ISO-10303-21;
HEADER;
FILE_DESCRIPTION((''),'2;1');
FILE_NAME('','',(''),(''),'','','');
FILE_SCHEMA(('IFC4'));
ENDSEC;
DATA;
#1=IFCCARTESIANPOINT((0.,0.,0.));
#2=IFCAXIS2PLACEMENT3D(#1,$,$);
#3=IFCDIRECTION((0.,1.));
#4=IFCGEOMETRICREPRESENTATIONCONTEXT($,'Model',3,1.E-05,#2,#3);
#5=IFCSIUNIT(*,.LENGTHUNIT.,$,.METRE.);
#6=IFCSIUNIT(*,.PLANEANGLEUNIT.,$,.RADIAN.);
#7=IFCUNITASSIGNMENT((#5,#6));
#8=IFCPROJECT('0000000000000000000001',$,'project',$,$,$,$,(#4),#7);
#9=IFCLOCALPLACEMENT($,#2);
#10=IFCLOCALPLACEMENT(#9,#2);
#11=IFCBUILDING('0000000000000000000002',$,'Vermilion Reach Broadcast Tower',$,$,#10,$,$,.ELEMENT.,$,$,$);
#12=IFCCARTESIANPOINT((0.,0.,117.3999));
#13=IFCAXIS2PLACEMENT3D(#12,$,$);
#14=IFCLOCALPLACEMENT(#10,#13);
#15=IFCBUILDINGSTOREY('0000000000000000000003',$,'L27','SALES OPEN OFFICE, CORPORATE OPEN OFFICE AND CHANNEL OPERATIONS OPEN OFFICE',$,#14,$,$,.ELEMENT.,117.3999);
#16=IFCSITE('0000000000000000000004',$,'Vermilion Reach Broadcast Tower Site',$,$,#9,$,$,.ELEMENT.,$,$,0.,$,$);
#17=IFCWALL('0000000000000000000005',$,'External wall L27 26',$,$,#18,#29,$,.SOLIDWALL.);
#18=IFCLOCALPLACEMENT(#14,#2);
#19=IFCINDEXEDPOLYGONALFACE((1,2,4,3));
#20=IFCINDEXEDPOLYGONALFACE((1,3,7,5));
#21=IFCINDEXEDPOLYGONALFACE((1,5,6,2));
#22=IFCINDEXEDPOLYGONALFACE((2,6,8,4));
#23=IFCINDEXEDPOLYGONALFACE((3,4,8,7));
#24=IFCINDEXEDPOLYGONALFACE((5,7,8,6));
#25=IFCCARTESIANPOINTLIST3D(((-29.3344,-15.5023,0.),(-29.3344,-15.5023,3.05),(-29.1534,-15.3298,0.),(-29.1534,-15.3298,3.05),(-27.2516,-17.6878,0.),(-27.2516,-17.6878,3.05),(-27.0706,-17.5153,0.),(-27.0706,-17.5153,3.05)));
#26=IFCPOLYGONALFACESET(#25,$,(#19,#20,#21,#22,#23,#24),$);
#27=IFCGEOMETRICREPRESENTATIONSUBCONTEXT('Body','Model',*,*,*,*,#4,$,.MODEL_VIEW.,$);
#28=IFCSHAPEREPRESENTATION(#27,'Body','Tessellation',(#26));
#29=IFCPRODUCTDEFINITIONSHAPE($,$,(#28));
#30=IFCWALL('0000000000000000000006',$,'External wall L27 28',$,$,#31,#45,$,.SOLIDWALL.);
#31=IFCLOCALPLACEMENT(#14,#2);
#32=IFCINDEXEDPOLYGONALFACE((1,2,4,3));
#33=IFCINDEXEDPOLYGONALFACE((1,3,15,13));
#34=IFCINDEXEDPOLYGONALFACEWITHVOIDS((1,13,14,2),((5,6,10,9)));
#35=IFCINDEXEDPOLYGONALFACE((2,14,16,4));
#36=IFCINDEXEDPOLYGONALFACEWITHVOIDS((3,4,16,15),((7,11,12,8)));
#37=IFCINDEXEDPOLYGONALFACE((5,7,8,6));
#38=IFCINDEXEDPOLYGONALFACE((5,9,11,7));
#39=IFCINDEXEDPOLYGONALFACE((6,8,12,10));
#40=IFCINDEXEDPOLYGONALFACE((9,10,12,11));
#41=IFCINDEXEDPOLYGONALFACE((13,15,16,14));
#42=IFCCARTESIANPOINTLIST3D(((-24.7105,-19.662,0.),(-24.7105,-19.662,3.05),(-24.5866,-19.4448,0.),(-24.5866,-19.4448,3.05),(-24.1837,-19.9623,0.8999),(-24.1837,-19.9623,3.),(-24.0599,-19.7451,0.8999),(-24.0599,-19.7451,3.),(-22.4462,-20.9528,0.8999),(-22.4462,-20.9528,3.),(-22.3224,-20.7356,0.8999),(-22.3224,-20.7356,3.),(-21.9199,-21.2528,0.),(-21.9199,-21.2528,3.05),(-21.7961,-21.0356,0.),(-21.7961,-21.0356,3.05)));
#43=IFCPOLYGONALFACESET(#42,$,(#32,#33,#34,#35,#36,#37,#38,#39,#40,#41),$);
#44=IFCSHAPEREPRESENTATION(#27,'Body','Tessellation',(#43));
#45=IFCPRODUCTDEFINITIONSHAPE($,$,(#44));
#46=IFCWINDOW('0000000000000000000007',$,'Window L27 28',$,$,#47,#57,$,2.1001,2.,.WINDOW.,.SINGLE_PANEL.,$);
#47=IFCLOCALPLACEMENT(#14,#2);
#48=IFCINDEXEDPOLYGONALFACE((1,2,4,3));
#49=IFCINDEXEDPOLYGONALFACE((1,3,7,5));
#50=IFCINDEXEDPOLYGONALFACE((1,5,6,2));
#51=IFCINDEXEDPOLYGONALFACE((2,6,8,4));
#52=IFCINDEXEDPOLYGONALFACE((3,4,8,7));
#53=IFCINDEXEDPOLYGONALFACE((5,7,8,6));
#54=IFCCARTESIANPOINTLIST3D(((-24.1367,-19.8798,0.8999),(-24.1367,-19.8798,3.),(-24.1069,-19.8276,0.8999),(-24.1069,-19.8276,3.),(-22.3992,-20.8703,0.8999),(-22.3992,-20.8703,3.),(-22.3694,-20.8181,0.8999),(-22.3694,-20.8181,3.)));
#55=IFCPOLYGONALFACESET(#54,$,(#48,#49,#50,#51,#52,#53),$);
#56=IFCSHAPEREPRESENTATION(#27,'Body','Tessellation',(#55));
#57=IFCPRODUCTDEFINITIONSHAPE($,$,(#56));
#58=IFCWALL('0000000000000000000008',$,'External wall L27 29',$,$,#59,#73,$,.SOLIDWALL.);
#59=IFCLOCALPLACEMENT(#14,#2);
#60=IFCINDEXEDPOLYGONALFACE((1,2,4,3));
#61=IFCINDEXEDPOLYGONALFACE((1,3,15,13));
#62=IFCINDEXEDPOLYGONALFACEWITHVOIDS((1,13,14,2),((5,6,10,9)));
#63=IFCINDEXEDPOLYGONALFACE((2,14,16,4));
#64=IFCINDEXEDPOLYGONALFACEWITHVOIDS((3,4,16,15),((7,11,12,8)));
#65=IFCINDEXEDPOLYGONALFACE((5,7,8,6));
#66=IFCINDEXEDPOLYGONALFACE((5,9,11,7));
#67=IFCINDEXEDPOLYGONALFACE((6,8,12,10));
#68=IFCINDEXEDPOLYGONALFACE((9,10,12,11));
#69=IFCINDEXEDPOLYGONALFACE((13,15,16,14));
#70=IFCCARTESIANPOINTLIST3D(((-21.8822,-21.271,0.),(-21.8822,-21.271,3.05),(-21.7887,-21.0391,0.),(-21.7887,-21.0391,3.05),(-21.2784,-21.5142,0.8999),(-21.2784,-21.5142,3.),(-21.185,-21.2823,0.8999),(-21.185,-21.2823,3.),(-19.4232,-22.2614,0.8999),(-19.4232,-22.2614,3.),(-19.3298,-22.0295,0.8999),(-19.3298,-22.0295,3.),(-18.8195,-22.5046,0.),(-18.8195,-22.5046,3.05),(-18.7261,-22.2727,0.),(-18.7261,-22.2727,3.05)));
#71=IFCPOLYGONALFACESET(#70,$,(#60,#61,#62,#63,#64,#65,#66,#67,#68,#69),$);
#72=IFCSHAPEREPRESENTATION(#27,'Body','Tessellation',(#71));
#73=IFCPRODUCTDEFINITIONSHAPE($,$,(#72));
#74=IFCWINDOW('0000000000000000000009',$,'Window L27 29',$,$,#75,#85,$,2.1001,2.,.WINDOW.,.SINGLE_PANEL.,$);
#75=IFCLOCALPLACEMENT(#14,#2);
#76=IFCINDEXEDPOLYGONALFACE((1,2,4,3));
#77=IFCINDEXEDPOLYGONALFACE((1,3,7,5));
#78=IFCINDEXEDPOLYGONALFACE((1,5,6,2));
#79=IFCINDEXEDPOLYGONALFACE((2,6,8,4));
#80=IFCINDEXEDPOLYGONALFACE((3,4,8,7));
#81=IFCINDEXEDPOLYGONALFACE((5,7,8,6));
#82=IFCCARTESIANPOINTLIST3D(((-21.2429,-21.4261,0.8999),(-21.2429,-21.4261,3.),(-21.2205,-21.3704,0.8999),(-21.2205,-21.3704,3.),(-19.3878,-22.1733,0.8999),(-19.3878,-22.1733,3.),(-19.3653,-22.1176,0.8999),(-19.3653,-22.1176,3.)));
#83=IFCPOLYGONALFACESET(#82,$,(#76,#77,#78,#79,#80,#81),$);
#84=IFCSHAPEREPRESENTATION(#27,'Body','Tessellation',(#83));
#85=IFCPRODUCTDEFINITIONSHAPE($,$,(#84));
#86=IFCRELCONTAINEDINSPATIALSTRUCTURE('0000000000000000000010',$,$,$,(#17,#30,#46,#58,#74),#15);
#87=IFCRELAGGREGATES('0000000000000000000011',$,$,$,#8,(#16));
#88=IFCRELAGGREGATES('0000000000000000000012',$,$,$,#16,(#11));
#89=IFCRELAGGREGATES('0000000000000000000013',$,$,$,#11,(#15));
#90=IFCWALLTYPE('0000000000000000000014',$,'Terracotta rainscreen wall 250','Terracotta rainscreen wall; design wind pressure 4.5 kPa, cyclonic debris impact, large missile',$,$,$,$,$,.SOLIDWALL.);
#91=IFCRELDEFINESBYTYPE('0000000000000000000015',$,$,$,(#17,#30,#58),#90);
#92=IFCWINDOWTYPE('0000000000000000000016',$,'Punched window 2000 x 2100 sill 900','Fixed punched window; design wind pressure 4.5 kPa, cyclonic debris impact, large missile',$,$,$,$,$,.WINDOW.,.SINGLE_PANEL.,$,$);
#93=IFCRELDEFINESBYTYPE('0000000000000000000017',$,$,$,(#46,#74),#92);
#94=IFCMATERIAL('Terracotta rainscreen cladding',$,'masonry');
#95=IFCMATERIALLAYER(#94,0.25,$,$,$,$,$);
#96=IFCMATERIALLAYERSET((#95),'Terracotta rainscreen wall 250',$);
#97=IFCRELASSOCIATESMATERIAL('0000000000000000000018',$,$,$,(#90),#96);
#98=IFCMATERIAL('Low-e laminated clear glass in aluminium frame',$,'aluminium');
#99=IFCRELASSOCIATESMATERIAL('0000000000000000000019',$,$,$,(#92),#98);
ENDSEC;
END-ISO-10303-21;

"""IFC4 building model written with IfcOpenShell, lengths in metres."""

from ifc_helpers import new_model, si_unit, direction, frame, frame_2d, origin, place, context, subcontext, project, spatial, rectangle, extrude, material, layer, layer_set, type_object, element, fill, save


model = new_model("IFC4")

# Units and contexts
model_context = context("Model", 3, precision=1e-05, world=origin(), true_north=direction((0.0, 1.0)))
body_context = subcontext(model_context, "Body", "Model", "MODEL_VIEW")
ifc_project = project(units=[si_unit("LENGTHUNIT", "METRE"), si_unit("PLANEANGLEUNIT", "RADIAN")], contexts=[model_context])

# Site, building, storey
site_placement = place(None, origin())
site = spatial("IfcSite", under=ifc_project, at=site_placement, Name="Vermilion Reach Broadcast Tower Site", CompositionType="ELEMENT", RefElevation=0.0)
building_placement = place(site_placement, origin())
building = spatial("IfcBuilding", under=site, at=building_placement, Name="Vermilion Reach Broadcast Tower", CompositionType="ELEMENT")
storey_placement = place(building_placement, frame((0.0, 0.0, 117.3999)))
storey = spatial("IfcBuildingStorey", under=building, at=storey_placement, Name="L27", Description="SALES OPEN OFFICE, CORPORATE OPEN OFFICE AND CHANNEL OPERATIONS OPEN OFFICE", CompositionType="ELEMENT", Elevation=117.3999)

# Wall
ifc_material_1 = material(Name="Terracotta rainscreen cladding", Category="masonry")
ifc_layer_1 = layer(ifc_material_1, 0.25)
ifc_layer_set_1 = layer_set([ifc_layer_1], Name="Terracotta rainscreen wall 250")
wall_type = type_object("IfcWallType", Name="Terracotta rainscreen wall 250", Description="Terracotta rainscreen wall; design wind pressure 4.5 kPa, cyclonic debris impact, large missile", PredefinedType="SOLIDWALL", material=ifc_layer_set_1)
wall_1_placement = place(storey_placement, frame((-29.2439, -15.416, 0.0), z_axis=(0.0, 0.0, 1.0), x_axis=(0.689879, -0.723924, 0.0)))
element("IfcWall", 1, at=wall_1_placement, inside=storey, type_object=wall_type, Name="External wall L27 26", PredefinedType="SOLIDWALL", context=body_context, shape_type="SweptSolid", body=[
    extrude(rectangle(XDim=3.019, YDim=0.25, at=frame_2d((1.5095, 0.0))), origin(), (0.0, 0.0, 1.0), 3.05),
])

# Walls, openings, windows
wall_2_placement = place(storey_placement, frame((-24.6484, -19.5535, 0.0), z_axis=(0.0, 0.0, 1.0), x_axis=(0.868748, -0.495255, 0.0)))
wall_2 = element("IfcWall", 2, at=wall_2_placement, inside=storey, type_object=wall_type, Name="External wall L27 28", PredefinedType="SOLIDWALL", context=body_context, shape_type="SweptSolid", body=[
    extrude(rectangle(XDim=3.2122, YDim=0.25, at=frame_2d((1.606, 0.0))), origin(), (0.0, 0.0, 1.0), 3.05),
])
opening_1_placement = place(wall_2_placement, frame((0.6062, 0.0, 0.8999)))
opening_1 = element("IfcOpeningElement", 3, at=opening_1_placement, cuts=wall_2, PredefinedType="OPENING", context=body_context, shape_type="SweptSolid", body=[
    extrude(rectangle(XDim=2.0, YDim=2.1001, at=frame_2d((1.0, 1.05))), frame((0.0, 0.135, 0.0), z_axis=(0.0, -1.0, 0.0), x_axis=(1.0, 0.0, 0.0)), (0.0, 0.0, 1.0), 0.27),
])
ifc_material_2 = material(Name="Low-e laminated clear glass in aluminium frame", Category="aluminium")
window_type = type_object("IfcWindowType", Name="Punched window 2000 x 2100 sill 900", Description="Fixed punched window; design wind pressure 4.5 kPa, cyclonic debris impact, large missile", PartitioningType="SINGLE_PANEL", PredefinedType="WINDOW", material=ifc_material_2)
window_1_placement = place(opening_1_placement, origin())
window_1 = element("IfcWindow", 4, at=window_1_placement, inside=storey, type_object=window_type, Name="Window L27 28", OverallHeight=2.1001, OverallWidth=2.0, PartitioningType="SINGLE_PANEL", PredefinedType="WINDOW", context=body_context, shape_type="SweptSolid", body=[
    extrude(rectangle(XDim=2.0, YDim=2.1001, at=frame_2d((1.0, 1.05))), frame((0.0, 0.03, 0.0), z_axis=(0.0, -1.0, 0.0), x_axis=(1.0, 0.0, 0.0)), (0.0, 0.0, 1.0), 0.0601),
])
fill(opening_1, window_1)
wall_3_placement = place(storey_placement, frame((-21.8354, -21.155, 0.0), z_axis=(0.0, 0.0, 1.0), x_axis=(0.927582, -0.373621, 0.0)))
wall_3 = element("IfcWall", 5, at=wall_3_placement, inside=storey, type_object=wall_type, Name="External wall L27 29", PredefinedType="SOLIDWALL", context=body_context, shape_type="SweptSolid", body=[
    extrude(rectangle(XDim=3.3018, YDim=0.25, at=frame_2d((1.6509, 0.0))), origin(), (0.0, 0.0, 1.0), 3.05),
])
opening_2_placement = place(wall_3_placement, frame((0.6509, 0.0, 0.8999)))
opening_2 = element("IfcOpeningElement", 6, at=opening_2_placement, cuts=wall_3, PredefinedType="OPENING", context=body_context, shape_type="SweptSolid", body=[
    extrude(rectangle(XDim=2.0, YDim=2.1001, at=frame_2d((1.0, 1.05))), frame((0.0, 0.135, 0.0), z_axis=(0.0, -1.0, 0.0), x_axis=(1.0, 0.0, 0.0)), (0.0, 0.0, 1.0), 0.27),
])
window_2_placement = place(opening_2_placement, origin())
window_2 = element("IfcWindow", 7, at=window_2_placement, inside=storey, type_object=window_type, Name="Window L27 29", OverallHeight=2.1001, OverallWidth=2.0, PartitioningType="SINGLE_PANEL", PredefinedType="WINDOW", context=body_context, shape_type="SweptSolid", body=[
    extrude(rectangle(XDim=2.0, YDim=2.1001, at=frame_2d((1.0, 1.05))), frame((0.0, 0.03, 0.0), z_axis=(0.0, -1.0, 0.0), x_axis=(1.0, 0.0, 0.0)), (0.0, 0.0, 1.0), 0.0601),
])
fill(opening_2, window_2)

save(model, "model.ifc")
